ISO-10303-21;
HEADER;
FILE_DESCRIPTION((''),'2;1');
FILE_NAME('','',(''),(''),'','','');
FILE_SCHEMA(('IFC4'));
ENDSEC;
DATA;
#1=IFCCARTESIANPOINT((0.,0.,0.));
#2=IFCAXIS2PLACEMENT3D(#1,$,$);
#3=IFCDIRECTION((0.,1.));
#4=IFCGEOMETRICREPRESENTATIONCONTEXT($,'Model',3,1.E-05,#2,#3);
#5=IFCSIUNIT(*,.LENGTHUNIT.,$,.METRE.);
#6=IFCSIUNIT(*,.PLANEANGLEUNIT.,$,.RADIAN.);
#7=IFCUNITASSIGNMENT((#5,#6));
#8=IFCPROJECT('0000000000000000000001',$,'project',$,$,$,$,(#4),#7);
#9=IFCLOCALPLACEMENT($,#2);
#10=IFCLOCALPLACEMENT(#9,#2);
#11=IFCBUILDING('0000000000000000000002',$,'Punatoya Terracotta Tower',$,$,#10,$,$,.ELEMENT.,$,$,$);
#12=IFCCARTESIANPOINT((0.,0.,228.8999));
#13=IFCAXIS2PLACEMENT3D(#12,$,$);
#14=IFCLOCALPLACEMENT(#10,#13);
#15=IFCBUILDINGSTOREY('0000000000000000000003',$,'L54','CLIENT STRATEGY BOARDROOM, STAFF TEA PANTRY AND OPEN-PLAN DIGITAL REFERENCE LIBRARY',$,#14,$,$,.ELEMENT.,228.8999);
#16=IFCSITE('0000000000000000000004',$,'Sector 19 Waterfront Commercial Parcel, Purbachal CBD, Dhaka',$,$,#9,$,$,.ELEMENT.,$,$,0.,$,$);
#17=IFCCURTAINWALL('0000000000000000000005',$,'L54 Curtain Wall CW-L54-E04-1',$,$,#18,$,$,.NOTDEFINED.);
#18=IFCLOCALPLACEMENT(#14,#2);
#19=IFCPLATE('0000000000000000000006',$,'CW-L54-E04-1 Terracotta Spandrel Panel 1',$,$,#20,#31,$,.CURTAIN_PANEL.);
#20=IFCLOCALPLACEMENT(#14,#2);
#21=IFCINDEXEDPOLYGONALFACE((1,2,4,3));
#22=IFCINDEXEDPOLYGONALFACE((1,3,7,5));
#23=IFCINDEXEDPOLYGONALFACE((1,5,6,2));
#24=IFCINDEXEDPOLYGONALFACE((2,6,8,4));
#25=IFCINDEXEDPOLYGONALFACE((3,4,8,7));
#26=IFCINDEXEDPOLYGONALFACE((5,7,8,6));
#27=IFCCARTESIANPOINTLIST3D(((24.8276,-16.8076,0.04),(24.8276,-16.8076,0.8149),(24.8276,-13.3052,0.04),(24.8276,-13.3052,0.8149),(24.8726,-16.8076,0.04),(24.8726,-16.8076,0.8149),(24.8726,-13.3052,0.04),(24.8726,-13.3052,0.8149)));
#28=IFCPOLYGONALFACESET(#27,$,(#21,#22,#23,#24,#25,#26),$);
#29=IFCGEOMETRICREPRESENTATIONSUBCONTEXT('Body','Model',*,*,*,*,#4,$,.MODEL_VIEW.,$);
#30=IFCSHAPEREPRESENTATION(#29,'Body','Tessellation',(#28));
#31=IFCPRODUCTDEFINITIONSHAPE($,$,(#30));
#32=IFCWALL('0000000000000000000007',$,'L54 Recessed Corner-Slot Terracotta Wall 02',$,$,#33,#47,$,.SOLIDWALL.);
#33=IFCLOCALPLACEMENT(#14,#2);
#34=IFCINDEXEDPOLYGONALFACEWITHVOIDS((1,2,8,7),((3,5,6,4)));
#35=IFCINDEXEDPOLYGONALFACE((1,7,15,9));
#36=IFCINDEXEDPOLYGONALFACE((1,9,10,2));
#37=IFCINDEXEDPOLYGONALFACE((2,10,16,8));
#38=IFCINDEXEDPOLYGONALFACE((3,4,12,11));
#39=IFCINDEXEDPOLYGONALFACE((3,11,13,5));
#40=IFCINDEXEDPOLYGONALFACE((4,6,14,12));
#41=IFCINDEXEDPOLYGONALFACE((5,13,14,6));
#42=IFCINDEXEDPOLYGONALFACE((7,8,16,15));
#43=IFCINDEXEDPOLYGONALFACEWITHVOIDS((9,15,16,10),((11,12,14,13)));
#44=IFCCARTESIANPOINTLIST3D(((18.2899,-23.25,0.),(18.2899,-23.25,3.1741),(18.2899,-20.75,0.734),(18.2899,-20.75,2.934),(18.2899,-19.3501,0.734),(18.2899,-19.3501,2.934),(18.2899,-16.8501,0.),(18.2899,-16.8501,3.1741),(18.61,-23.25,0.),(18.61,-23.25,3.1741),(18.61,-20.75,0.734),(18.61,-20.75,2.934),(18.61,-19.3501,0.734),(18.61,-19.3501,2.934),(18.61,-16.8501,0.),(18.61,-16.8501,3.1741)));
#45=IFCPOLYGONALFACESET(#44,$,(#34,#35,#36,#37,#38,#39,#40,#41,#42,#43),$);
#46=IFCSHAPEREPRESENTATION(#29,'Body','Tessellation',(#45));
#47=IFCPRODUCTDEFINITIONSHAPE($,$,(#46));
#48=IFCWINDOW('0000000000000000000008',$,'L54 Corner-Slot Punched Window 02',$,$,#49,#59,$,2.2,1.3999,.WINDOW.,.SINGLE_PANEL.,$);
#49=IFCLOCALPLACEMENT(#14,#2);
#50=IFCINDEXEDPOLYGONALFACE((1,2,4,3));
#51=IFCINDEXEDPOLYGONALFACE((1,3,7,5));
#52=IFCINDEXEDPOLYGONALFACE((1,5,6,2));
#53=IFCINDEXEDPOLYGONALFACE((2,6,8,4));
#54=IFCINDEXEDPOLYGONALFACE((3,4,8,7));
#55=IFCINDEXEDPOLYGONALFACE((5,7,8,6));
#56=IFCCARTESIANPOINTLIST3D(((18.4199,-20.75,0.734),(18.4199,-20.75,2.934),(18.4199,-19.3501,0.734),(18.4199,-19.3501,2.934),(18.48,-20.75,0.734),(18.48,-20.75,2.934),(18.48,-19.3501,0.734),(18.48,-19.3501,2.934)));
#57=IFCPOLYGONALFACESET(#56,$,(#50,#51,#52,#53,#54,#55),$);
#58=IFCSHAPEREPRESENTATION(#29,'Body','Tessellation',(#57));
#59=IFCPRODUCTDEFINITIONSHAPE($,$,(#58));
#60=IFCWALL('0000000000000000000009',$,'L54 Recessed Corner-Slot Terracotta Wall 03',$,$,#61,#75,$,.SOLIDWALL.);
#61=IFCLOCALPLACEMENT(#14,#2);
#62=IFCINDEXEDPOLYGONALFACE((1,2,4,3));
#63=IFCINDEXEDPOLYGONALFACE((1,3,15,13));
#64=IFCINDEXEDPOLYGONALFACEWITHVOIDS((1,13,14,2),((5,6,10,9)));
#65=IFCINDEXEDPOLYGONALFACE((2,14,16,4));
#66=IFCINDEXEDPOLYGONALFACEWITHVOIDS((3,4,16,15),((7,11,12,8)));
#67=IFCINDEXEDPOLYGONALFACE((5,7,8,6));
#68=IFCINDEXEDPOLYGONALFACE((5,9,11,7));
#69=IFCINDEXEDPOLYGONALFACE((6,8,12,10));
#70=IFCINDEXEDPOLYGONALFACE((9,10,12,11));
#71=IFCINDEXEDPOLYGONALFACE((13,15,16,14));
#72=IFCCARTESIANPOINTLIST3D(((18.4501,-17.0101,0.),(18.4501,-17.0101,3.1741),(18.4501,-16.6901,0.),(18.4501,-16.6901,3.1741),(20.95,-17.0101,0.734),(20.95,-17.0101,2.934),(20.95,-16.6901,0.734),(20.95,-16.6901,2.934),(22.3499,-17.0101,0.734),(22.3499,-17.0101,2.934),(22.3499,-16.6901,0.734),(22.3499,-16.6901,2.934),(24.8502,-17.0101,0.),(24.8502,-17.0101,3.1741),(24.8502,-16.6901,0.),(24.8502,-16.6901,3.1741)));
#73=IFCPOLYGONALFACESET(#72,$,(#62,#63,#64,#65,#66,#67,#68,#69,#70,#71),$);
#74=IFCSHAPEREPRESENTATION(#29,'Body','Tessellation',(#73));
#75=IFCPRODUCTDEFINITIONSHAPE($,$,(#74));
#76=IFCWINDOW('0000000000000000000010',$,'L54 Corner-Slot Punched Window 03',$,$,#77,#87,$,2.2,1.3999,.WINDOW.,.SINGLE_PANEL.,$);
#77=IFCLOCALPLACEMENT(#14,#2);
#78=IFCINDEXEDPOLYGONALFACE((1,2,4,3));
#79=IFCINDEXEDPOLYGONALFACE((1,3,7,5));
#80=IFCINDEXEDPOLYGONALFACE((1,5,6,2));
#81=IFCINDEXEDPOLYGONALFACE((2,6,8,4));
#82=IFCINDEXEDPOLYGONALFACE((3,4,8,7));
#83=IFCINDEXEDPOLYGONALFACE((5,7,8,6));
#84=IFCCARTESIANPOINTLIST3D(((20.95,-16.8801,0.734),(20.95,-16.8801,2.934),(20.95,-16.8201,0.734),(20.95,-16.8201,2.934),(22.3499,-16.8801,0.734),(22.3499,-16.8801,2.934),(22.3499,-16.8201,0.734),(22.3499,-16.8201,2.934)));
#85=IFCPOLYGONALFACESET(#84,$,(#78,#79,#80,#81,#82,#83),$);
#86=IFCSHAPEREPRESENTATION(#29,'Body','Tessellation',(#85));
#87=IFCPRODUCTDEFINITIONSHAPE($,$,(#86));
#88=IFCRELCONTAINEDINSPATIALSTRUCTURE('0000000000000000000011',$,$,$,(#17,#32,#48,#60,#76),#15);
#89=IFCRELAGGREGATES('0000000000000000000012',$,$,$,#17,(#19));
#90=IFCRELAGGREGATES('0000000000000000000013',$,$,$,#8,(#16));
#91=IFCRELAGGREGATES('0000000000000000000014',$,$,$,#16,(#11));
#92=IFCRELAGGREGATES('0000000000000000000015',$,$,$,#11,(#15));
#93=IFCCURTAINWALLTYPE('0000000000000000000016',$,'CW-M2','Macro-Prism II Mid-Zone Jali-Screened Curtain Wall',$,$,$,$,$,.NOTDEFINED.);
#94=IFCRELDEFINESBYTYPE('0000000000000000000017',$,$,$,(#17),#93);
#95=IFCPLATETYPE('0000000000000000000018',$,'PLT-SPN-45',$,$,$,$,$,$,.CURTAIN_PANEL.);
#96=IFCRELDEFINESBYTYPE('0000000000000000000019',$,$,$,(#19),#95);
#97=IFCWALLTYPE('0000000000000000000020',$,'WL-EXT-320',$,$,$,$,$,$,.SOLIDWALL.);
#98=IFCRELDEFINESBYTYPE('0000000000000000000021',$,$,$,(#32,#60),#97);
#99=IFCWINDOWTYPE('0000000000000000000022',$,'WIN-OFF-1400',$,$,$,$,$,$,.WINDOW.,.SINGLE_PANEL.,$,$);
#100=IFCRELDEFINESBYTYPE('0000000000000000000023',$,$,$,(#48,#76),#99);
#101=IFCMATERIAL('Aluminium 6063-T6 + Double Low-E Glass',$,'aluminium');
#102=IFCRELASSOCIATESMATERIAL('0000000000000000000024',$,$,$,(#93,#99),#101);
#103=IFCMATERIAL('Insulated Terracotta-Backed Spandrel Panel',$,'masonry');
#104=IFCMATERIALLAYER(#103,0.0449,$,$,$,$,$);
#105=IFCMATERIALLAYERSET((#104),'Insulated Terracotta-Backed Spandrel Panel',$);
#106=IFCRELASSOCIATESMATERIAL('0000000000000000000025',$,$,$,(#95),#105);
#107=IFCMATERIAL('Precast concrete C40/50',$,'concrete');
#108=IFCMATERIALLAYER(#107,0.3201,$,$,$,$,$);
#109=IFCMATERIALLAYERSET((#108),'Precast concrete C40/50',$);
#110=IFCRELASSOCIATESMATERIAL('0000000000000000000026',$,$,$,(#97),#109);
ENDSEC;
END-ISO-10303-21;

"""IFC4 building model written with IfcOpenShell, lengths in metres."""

from ifc_helpers import new_model, si_unit, direction, frame, frame_2d, origin, origin_2d, place, context, subcontext, project, spatial, rectangle, extrude, material, layer, layer_set, type_object, element, fill, aggregate, save


model = new_model("IFC4")

# Units and contexts
model_context = context("Model", 3, precision=1e-05, world=origin(), true_north=direction((0.0, 1.0)))
body_context = subcontext(model_context, "Body", "Model", "MODEL_VIEW")
ifc_project = project(units=[si_unit("LENGTHUNIT", "METRE"), si_unit("PLANEANGLEUNIT", "RADIAN")], contexts=[model_context])

# Site, building, storey
site_placement = place(None, origin())
site = spatial("IfcSite", under=ifc_project, at=site_placement, Name="Sector 19 Waterfront Commercial Parcel, Purbachal CBD, Dhaka", CompositionType="ELEMENT", RefElevation=0.0)
building_placement = place(site_placement, origin())
building = spatial("IfcBuilding", under=site, at=building_placement, Name="Punatoya Terracotta Tower", CompositionType="ELEMENT")
storey_placement = place(building_placement, frame((0.0, 0.0, 228.8999)))
storey = spatial("IfcBuildingStorey", under=building, at=storey_placement, Name="L54", Description="CLIENT STRATEGY BOARDROOM, STAFF TEA PANTRY AND OPEN-PLAN DIGITAL REFERENCE LIBRARY", CompositionType="ELEMENT", Elevation=228.8999)

# Curtain wall
ifc_material_1 = material(Name="Aluminium 6063-T6 + Double Low-E Glass", Category="aluminium")
curtain_wall_type = type_object("IfcCurtainWallType", Name="CW-M2", Description="Macro-Prism II Mid-Zone Jali-Screened Curtain Wall", PredefinedType="NOTDEFINED", material=ifc_material_1)
curtain_wall_1_placement = place(storey_placement, origin())
curtain_wall_1 = element("IfcCurtainWall", 1, at=curtain_wall_1_placement, inside=storey, type_object=curtain_wall_type, Name="L54 Curtain Wall CW-L54-E04-1", PredefinedType="NOTDEFINED")

# Plate
ifc_material_2 = material(Name="Insulated Terracotta-Backed Spandrel Panel", Category="masonry")
ifc_layer_1 = layer(ifc_material_2, 0.0449)
ifc_layer_set_1 = layer_set([ifc_layer_1], Name="Insulated Terracotta-Backed Spandrel Panel")
plate_type_1 = type_object("IfcPlateType", Name="PLT-SPN-45", PredefinedType="CURTAIN_PANEL", material=ifc_layer_set_1)
plate_1_placement = place(storey_placement, frame((24.8501, -15.0564, 0.04), z_axis=(0.0, 0.0, 1.0), x_axis=(0.0, 1.0, 0.0)))
plate_1 = element("IfcPlate", 2, at=plate_1_placement, type_object=plate_type_1, Name="CW-L54-E04-1 Terracotta Spandrel Panel 1", PredefinedType="CURTAIN_PANEL", context=body_context, shape_type="SweptSolid", body=[
    extrude(rectangle(XDim=3.5024, YDim=0.0449, at=origin_2d()), origin(), (0.0, 0.0, 1.0), 0.7749),
])
aggregate(curtain_wall_1, [plate_1])

# Walls, openings, windows
ifc_material_3 = material(Name="Precast concrete C40/50", Category="concrete")
ifc_layer_2 = layer(ifc_material_3, 0.3201)
ifc_layer_set_2 = layer_set([ifc_layer_2], Name="Precast concrete C40/50")
wall_type = type_object("IfcWallType", Name="WL-EXT-320", PredefinedType="SOLIDWALL", material=ifc_layer_set_2)
wall_1_placement = place(storey_placement, frame((18.45, -23.25, 0.0), z_axis=(0.0, 0.0, 1.0), x_axis=(0.0, 1.0, 0.0)))
wall_1 = element("IfcWall", 3, at=wall_1_placement, inside=storey, type_object=wall_type, Name="L54 Recessed Corner-Slot Terracotta Wall 02", PredefinedType="SOLIDWALL", context=body_context, shape_type="SweptSolid", body=[
    extrude(rectangle(XDim=6.3999, YDim=0.3201, at=frame_2d((3.2, 0.0))), origin(), (0.0, 0.0, 1.0), 3.1741),
])
opening_1_placement = place(wall_1_placement, frame((2.5, 0.0, 0.7339)))
opening_1 = element("IfcOpeningElement", 4, at=opening_1_placement, cuts=wall_1, PredefinedType="OPENING", context=body_context, shape_type="SweptSolid", body=[
    extrude(rectangle(XDim=1.3999, YDim=2.2, at=frame_2d((0.7, 1.1001))), frame((0.0, 0.1699, 0.0), z_axis=(0.0, -1.0, 0.0), x_axis=(1.0, 0.0, 0.0)), (0.0, 0.0, 1.0), 0.3401),
])
window_type = type_object("IfcWindowType", Name="WIN-OFF-1400", PartitioningType="SINGLE_PANEL", PredefinedType="WINDOW", material=ifc_material_1)
window_1_placement = place(opening_1_placement, origin())
window_1 = element("IfcWindow", 5, at=window_1_placement, inside=storey, type_object=window_type, Name="L54 Corner-Slot Punched Window 02", OverallHeight=2.2, OverallWidth=1.3999, PartitioningType="SINGLE_PANEL", PredefinedType="WINDOW", context=body_context, shape_type="SweptSolid", body=[
    extrude(rectangle(XDim=1.3999, YDim=2.2, at=frame_2d((0.7, 1.1001))), frame((0.0, 0.03, 0.0), z_axis=(0.0, -1.0, 0.0), x_axis=(1.0, 0.0, 0.0)), (0.0, 0.0, 1.0), 0.0601),
])
fill(opening_1, window_1)
wall_2_placement = place(storey_placement, frame((18.45, -16.8501, 0.0), z_axis=(0.0, 0.0, 1.0), x_axis=(1.0, 0.0, 0.0)))
wall_2 = element("IfcWall", 6, at=wall_2_placement, inside=storey, type_object=wall_type, Name="L54 Recessed Corner-Slot Terracotta Wall 03", PredefinedType="SOLIDWALL", context=body_context, shape_type="SweptSolid", body=[
    extrude(rectangle(XDim=6.4001, YDim=0.3201, at=frame_2d((3.2002, 0.0))), origin(), (0.0, 0.0, 1.0), 3.1741),
])
opening_2_placement = place(wall_2_placement, frame((2.5, 0.0, 0.7339)))
opening_2 = element("IfcOpeningElement", 7, at=opening_2_placement, cuts=wall_2, PredefinedType="OPENING", context=body_context, shape_type="SweptSolid", body=[
    extrude(rectangle(XDim=1.3999, YDim=2.2, at=frame_2d((0.7, 1.1001))), frame((0.0, 0.1699, 0.0), z_axis=(0.0, -1.0, 0.0), x_axis=(1.0, 0.0, 0.0)), (0.0, 0.0, 1.0), 0.3401),
])
window_2_placement = place(opening_2_placement, origin())
window_2 = element("IfcWindow", 8, at=window_2_placement, inside=storey, type_object=window_type, Name="L54 Corner-Slot Punched Window 03", OverallHeight=2.2, OverallWidth=1.3999, PartitioningType="SINGLE_PANEL", PredefinedType="WINDOW", context=body_context, shape_type="SweptSolid", body=[
    extrude(rectangle(XDim=1.3999, YDim=2.2, at=frame_2d((0.7, 1.1001))), frame((0.0, 0.03, 0.0), z_axis=(0.0, -1.0, 0.0), x_axis=(1.0, 0.0, 0.0)), (0.0, 0.0, 1.0), 0.0601),
])
fill(opening_2, window_2)

save(model, "model.ifc")
